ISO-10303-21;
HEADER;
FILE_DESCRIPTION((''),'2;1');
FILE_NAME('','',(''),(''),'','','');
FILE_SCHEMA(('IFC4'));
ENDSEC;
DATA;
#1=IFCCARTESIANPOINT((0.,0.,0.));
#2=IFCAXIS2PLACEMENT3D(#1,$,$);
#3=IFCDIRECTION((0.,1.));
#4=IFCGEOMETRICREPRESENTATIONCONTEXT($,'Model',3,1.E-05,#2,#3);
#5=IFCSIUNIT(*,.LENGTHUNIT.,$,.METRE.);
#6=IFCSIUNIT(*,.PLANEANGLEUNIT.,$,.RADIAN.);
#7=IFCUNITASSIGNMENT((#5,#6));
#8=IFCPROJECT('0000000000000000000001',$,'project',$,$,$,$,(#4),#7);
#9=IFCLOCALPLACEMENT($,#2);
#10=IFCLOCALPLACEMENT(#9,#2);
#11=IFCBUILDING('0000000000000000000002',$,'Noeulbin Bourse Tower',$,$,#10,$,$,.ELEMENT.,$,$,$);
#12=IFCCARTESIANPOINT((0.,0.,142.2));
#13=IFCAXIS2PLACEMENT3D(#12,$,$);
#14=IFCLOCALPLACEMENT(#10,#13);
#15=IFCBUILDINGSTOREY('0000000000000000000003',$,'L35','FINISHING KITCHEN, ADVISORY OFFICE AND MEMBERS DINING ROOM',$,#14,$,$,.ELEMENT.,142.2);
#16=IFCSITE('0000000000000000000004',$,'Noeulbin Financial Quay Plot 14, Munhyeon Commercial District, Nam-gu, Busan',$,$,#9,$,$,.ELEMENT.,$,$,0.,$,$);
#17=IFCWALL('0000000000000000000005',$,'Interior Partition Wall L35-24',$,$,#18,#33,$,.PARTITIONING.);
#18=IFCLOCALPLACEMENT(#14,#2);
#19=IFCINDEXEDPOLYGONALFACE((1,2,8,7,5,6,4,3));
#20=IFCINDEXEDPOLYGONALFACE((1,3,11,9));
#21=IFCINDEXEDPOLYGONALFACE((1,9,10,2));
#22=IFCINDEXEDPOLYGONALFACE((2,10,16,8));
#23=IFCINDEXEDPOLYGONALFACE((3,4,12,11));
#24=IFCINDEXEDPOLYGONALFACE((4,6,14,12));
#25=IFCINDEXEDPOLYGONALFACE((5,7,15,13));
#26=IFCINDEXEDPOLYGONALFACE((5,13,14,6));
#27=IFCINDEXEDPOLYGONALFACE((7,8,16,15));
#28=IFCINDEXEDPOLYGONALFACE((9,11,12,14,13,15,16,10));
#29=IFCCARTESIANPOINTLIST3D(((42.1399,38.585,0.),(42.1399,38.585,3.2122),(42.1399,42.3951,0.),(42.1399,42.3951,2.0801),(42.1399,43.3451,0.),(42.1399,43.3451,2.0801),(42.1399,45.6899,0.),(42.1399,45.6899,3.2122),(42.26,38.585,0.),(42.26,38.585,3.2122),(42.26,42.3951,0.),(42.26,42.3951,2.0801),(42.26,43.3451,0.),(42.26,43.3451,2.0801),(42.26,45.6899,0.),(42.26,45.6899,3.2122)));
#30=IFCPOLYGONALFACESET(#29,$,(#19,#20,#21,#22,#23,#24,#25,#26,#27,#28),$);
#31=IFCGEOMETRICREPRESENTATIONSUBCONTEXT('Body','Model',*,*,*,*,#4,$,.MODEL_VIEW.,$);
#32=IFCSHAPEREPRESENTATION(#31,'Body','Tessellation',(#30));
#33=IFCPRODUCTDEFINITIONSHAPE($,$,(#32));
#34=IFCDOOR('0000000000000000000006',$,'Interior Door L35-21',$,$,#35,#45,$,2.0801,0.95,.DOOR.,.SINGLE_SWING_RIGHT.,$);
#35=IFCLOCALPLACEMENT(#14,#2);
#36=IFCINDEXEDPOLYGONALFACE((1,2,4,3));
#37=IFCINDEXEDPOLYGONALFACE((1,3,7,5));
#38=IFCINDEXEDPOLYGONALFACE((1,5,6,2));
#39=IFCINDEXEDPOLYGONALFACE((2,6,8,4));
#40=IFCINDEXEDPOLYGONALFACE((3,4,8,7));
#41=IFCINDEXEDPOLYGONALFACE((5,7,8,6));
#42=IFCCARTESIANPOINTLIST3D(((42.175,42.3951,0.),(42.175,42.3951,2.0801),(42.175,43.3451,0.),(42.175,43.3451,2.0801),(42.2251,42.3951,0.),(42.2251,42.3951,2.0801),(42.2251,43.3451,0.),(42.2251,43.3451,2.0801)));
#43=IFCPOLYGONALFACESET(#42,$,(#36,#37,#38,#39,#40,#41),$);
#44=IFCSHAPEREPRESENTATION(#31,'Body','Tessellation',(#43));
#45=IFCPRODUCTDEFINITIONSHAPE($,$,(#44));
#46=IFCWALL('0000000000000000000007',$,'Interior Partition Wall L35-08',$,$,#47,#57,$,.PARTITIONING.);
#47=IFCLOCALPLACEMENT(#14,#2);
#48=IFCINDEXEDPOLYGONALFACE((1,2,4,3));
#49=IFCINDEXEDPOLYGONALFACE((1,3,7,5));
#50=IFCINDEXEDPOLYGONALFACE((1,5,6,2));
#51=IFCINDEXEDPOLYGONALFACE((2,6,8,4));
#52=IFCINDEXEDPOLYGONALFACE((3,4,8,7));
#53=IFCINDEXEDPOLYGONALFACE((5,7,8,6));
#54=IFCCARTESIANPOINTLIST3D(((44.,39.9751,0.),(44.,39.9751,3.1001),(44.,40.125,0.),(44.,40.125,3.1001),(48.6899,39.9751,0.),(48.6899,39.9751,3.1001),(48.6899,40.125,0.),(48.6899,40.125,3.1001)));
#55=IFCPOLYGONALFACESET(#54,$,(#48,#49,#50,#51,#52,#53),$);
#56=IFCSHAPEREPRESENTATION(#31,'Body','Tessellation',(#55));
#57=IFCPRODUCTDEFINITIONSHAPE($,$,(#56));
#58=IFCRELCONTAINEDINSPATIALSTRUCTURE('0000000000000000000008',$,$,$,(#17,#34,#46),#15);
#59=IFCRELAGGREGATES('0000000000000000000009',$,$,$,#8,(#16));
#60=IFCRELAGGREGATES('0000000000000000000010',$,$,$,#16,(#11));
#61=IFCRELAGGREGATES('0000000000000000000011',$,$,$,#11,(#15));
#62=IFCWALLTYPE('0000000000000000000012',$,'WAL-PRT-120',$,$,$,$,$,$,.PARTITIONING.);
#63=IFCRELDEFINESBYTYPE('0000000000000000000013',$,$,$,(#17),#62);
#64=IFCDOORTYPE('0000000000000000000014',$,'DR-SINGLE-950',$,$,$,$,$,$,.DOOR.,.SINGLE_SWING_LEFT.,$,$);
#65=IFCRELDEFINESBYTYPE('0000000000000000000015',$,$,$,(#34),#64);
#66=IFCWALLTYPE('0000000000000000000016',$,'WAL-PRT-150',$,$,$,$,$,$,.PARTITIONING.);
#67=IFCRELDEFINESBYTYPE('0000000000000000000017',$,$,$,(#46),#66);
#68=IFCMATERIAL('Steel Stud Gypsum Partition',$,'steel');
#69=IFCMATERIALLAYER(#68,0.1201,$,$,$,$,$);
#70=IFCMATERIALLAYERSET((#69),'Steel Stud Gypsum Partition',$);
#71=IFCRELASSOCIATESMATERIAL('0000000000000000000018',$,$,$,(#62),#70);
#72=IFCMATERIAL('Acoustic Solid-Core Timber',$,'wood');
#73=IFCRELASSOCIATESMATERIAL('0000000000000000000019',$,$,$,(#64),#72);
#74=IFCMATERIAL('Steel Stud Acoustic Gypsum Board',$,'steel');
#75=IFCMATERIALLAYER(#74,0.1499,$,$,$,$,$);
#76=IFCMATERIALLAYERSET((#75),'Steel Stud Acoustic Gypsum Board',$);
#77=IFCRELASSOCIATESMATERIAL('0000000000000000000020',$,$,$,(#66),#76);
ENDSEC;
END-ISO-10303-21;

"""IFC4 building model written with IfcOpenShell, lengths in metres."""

from ifc_helpers import new_model, si_unit, direction, frame, frame_2d, origin, place, context, subcontext, project, spatial, rectangle, extrude, material, layer, layer_set, type_object, element, fill, save


model = new_model("IFC4")

# Units and contexts
model_context = context("Model", 3, precision=1e-05, world=origin(), true_north=direction((0.0, 1.0)))
body_context = subcontext(model_context, "Body", "Model", "MODEL_VIEW")
ifc_project = project(units=[si_unit("LENGTHUNIT", "METRE"), si_unit("PLANEANGLEUNIT", "RADIAN")], contexts=[model_context])

# Site, building, storey
site_placement = place(None, origin())
site = spatial("IfcSite", under=ifc_project, at=site_placement, Name="Noeulbin Financial Quay Plot 14, Munhyeon Commercial District, Nam-gu, Busan", CompositionType="ELEMENT", RefElevation=0.0)
building_placement = place(site_placement, origin())
building = spatial("IfcBuilding", under=site, at=building_placement, Name="Noeulbin Bourse Tower", CompositionType="ELEMENT")
storey_placement = place(building_placement, frame((0.0, 0.0, 142.2)))
storey = spatial("IfcBuildingStorey", under=building, at=storey_placement, Name="L35", Description="FINISHING KITCHEN, ADVISORY OFFICE AND MEMBERS DINING ROOM", CompositionType="ELEMENT", Elevation=142.2)

# Wall, opening, door
ifc_material_1 = material(Name="Steel Stud Gypsum Partition", Category="steel")
ifc_layer_1 = layer(ifc_material_1, 0.1201)
ifc_layer_set_1 = layer_set([ifc_layer_1], Name="Steel Stud Gypsum Partition")
wall_type_1 = type_object("IfcWallType", Name="WAL-PRT-120", PredefinedType="PARTITIONING", material=ifc_layer_set_1)
wall_1_placement = place(storey_placement, frame((42.2, 38.585, 0.0), z_axis=(0.0, 0.0, 1.0), x_axis=(0.0, 1.0, 0.0)))
wall_1 = element("IfcWall", 1, at=wall_1_placement, inside=storey, type_object=wall_type_1, Name="Interior Partition Wall L35-24", PredefinedType="PARTITIONING", context=body_context, shape_type="SweptSolid", body=[
    extrude(rectangle(XDim=7.105, YDim=0.1201, at=frame_2d((3.5525, 0.0))), origin(), (0.0, 0.0, 1.0), 3.2122),
])
opening_placement = place(wall_1_placement, frame((3.8101, 0.0, 0.0)))
opening = element("IfcOpeningElement", 2, at=opening_placement, cuts=wall_1, PredefinedType="OPENING", context=body_context, shape_type="SweptSolid", body=[
    extrude(rectangle(XDim=0.95, YDim=2.0801, at=frame_2d((0.4751, 1.04))), frame((0.0, 0.0701, 0.0), z_axis=(0.0, -1.0, 0.0), x_axis=(1.0, 0.0, 0.0)), (0.0, 0.0, 1.0), 0.1401),
])
ifc_material_2 = material(Name="Acoustic Solid-Core Timber", Category="wood")
door_type = type_object("IfcDoorType", Name="DR-SINGLE-950", OperationType="SINGLE_SWING_LEFT", PredefinedType="DOOR", material=ifc_material_2)
door_placement = place(opening_placement, origin())
door = element("IfcDoor", 3, at=door_placement, inside=storey, type_object=door_type, Name="Interior Door L35-21", OperationType="SINGLE_SWING_RIGHT", OverallHeight=2.0801, OverallWidth=0.95, PredefinedType="DOOR", context=body_context, shape_type="SweptSolid", body=[
    extrude(rectangle(XDim=0.95, YDim=2.0801, at=frame_2d((0.4751, 1.04))), frame((0.0, 0.0249, 0.0), z_axis=(0.0, -1.0, 0.0), x_axis=(1.0, 0.0, 0.0)), (0.0, 0.0, 1.0), 0.05),
])
fill(opening, door)

# Wall
ifc_material_3 = material(Name="Steel Stud Acoustic Gypsum Board", Category="steel")
ifc_layer_2 = layer(ifc_material_3, 0.1499)
ifc_layer_set_2 = layer_set([ifc_layer_2], Name="Steel Stud Acoustic Gypsum Board")
wall_type_2 = type_object("IfcWallType", Name="WAL-PRT-150", PredefinedType="PARTITIONING", material=ifc_layer_set_2)
wall_2_placement = place(storey_placement, frame((44.0, 40.05, 0.0), z_axis=(0.0, 0.0, 1.0), x_axis=(1.0, 0.0, 0.0)))
element("IfcWall", 4, at=wall_2_placement, inside=storey, type_object=wall_type_2, Name="Interior Partition Wall L35-08", PredefinedType="PARTITIONING", context=body_context, shape_type="SweptSolid", body=[
    extrude(rectangle(XDim=4.6899, YDim=0.1499, at=frame_2d((2.345, 0.0))), origin(), (0.0, 0.0, 1.0), 3.1001),
])

save(model, "model.ifc")
